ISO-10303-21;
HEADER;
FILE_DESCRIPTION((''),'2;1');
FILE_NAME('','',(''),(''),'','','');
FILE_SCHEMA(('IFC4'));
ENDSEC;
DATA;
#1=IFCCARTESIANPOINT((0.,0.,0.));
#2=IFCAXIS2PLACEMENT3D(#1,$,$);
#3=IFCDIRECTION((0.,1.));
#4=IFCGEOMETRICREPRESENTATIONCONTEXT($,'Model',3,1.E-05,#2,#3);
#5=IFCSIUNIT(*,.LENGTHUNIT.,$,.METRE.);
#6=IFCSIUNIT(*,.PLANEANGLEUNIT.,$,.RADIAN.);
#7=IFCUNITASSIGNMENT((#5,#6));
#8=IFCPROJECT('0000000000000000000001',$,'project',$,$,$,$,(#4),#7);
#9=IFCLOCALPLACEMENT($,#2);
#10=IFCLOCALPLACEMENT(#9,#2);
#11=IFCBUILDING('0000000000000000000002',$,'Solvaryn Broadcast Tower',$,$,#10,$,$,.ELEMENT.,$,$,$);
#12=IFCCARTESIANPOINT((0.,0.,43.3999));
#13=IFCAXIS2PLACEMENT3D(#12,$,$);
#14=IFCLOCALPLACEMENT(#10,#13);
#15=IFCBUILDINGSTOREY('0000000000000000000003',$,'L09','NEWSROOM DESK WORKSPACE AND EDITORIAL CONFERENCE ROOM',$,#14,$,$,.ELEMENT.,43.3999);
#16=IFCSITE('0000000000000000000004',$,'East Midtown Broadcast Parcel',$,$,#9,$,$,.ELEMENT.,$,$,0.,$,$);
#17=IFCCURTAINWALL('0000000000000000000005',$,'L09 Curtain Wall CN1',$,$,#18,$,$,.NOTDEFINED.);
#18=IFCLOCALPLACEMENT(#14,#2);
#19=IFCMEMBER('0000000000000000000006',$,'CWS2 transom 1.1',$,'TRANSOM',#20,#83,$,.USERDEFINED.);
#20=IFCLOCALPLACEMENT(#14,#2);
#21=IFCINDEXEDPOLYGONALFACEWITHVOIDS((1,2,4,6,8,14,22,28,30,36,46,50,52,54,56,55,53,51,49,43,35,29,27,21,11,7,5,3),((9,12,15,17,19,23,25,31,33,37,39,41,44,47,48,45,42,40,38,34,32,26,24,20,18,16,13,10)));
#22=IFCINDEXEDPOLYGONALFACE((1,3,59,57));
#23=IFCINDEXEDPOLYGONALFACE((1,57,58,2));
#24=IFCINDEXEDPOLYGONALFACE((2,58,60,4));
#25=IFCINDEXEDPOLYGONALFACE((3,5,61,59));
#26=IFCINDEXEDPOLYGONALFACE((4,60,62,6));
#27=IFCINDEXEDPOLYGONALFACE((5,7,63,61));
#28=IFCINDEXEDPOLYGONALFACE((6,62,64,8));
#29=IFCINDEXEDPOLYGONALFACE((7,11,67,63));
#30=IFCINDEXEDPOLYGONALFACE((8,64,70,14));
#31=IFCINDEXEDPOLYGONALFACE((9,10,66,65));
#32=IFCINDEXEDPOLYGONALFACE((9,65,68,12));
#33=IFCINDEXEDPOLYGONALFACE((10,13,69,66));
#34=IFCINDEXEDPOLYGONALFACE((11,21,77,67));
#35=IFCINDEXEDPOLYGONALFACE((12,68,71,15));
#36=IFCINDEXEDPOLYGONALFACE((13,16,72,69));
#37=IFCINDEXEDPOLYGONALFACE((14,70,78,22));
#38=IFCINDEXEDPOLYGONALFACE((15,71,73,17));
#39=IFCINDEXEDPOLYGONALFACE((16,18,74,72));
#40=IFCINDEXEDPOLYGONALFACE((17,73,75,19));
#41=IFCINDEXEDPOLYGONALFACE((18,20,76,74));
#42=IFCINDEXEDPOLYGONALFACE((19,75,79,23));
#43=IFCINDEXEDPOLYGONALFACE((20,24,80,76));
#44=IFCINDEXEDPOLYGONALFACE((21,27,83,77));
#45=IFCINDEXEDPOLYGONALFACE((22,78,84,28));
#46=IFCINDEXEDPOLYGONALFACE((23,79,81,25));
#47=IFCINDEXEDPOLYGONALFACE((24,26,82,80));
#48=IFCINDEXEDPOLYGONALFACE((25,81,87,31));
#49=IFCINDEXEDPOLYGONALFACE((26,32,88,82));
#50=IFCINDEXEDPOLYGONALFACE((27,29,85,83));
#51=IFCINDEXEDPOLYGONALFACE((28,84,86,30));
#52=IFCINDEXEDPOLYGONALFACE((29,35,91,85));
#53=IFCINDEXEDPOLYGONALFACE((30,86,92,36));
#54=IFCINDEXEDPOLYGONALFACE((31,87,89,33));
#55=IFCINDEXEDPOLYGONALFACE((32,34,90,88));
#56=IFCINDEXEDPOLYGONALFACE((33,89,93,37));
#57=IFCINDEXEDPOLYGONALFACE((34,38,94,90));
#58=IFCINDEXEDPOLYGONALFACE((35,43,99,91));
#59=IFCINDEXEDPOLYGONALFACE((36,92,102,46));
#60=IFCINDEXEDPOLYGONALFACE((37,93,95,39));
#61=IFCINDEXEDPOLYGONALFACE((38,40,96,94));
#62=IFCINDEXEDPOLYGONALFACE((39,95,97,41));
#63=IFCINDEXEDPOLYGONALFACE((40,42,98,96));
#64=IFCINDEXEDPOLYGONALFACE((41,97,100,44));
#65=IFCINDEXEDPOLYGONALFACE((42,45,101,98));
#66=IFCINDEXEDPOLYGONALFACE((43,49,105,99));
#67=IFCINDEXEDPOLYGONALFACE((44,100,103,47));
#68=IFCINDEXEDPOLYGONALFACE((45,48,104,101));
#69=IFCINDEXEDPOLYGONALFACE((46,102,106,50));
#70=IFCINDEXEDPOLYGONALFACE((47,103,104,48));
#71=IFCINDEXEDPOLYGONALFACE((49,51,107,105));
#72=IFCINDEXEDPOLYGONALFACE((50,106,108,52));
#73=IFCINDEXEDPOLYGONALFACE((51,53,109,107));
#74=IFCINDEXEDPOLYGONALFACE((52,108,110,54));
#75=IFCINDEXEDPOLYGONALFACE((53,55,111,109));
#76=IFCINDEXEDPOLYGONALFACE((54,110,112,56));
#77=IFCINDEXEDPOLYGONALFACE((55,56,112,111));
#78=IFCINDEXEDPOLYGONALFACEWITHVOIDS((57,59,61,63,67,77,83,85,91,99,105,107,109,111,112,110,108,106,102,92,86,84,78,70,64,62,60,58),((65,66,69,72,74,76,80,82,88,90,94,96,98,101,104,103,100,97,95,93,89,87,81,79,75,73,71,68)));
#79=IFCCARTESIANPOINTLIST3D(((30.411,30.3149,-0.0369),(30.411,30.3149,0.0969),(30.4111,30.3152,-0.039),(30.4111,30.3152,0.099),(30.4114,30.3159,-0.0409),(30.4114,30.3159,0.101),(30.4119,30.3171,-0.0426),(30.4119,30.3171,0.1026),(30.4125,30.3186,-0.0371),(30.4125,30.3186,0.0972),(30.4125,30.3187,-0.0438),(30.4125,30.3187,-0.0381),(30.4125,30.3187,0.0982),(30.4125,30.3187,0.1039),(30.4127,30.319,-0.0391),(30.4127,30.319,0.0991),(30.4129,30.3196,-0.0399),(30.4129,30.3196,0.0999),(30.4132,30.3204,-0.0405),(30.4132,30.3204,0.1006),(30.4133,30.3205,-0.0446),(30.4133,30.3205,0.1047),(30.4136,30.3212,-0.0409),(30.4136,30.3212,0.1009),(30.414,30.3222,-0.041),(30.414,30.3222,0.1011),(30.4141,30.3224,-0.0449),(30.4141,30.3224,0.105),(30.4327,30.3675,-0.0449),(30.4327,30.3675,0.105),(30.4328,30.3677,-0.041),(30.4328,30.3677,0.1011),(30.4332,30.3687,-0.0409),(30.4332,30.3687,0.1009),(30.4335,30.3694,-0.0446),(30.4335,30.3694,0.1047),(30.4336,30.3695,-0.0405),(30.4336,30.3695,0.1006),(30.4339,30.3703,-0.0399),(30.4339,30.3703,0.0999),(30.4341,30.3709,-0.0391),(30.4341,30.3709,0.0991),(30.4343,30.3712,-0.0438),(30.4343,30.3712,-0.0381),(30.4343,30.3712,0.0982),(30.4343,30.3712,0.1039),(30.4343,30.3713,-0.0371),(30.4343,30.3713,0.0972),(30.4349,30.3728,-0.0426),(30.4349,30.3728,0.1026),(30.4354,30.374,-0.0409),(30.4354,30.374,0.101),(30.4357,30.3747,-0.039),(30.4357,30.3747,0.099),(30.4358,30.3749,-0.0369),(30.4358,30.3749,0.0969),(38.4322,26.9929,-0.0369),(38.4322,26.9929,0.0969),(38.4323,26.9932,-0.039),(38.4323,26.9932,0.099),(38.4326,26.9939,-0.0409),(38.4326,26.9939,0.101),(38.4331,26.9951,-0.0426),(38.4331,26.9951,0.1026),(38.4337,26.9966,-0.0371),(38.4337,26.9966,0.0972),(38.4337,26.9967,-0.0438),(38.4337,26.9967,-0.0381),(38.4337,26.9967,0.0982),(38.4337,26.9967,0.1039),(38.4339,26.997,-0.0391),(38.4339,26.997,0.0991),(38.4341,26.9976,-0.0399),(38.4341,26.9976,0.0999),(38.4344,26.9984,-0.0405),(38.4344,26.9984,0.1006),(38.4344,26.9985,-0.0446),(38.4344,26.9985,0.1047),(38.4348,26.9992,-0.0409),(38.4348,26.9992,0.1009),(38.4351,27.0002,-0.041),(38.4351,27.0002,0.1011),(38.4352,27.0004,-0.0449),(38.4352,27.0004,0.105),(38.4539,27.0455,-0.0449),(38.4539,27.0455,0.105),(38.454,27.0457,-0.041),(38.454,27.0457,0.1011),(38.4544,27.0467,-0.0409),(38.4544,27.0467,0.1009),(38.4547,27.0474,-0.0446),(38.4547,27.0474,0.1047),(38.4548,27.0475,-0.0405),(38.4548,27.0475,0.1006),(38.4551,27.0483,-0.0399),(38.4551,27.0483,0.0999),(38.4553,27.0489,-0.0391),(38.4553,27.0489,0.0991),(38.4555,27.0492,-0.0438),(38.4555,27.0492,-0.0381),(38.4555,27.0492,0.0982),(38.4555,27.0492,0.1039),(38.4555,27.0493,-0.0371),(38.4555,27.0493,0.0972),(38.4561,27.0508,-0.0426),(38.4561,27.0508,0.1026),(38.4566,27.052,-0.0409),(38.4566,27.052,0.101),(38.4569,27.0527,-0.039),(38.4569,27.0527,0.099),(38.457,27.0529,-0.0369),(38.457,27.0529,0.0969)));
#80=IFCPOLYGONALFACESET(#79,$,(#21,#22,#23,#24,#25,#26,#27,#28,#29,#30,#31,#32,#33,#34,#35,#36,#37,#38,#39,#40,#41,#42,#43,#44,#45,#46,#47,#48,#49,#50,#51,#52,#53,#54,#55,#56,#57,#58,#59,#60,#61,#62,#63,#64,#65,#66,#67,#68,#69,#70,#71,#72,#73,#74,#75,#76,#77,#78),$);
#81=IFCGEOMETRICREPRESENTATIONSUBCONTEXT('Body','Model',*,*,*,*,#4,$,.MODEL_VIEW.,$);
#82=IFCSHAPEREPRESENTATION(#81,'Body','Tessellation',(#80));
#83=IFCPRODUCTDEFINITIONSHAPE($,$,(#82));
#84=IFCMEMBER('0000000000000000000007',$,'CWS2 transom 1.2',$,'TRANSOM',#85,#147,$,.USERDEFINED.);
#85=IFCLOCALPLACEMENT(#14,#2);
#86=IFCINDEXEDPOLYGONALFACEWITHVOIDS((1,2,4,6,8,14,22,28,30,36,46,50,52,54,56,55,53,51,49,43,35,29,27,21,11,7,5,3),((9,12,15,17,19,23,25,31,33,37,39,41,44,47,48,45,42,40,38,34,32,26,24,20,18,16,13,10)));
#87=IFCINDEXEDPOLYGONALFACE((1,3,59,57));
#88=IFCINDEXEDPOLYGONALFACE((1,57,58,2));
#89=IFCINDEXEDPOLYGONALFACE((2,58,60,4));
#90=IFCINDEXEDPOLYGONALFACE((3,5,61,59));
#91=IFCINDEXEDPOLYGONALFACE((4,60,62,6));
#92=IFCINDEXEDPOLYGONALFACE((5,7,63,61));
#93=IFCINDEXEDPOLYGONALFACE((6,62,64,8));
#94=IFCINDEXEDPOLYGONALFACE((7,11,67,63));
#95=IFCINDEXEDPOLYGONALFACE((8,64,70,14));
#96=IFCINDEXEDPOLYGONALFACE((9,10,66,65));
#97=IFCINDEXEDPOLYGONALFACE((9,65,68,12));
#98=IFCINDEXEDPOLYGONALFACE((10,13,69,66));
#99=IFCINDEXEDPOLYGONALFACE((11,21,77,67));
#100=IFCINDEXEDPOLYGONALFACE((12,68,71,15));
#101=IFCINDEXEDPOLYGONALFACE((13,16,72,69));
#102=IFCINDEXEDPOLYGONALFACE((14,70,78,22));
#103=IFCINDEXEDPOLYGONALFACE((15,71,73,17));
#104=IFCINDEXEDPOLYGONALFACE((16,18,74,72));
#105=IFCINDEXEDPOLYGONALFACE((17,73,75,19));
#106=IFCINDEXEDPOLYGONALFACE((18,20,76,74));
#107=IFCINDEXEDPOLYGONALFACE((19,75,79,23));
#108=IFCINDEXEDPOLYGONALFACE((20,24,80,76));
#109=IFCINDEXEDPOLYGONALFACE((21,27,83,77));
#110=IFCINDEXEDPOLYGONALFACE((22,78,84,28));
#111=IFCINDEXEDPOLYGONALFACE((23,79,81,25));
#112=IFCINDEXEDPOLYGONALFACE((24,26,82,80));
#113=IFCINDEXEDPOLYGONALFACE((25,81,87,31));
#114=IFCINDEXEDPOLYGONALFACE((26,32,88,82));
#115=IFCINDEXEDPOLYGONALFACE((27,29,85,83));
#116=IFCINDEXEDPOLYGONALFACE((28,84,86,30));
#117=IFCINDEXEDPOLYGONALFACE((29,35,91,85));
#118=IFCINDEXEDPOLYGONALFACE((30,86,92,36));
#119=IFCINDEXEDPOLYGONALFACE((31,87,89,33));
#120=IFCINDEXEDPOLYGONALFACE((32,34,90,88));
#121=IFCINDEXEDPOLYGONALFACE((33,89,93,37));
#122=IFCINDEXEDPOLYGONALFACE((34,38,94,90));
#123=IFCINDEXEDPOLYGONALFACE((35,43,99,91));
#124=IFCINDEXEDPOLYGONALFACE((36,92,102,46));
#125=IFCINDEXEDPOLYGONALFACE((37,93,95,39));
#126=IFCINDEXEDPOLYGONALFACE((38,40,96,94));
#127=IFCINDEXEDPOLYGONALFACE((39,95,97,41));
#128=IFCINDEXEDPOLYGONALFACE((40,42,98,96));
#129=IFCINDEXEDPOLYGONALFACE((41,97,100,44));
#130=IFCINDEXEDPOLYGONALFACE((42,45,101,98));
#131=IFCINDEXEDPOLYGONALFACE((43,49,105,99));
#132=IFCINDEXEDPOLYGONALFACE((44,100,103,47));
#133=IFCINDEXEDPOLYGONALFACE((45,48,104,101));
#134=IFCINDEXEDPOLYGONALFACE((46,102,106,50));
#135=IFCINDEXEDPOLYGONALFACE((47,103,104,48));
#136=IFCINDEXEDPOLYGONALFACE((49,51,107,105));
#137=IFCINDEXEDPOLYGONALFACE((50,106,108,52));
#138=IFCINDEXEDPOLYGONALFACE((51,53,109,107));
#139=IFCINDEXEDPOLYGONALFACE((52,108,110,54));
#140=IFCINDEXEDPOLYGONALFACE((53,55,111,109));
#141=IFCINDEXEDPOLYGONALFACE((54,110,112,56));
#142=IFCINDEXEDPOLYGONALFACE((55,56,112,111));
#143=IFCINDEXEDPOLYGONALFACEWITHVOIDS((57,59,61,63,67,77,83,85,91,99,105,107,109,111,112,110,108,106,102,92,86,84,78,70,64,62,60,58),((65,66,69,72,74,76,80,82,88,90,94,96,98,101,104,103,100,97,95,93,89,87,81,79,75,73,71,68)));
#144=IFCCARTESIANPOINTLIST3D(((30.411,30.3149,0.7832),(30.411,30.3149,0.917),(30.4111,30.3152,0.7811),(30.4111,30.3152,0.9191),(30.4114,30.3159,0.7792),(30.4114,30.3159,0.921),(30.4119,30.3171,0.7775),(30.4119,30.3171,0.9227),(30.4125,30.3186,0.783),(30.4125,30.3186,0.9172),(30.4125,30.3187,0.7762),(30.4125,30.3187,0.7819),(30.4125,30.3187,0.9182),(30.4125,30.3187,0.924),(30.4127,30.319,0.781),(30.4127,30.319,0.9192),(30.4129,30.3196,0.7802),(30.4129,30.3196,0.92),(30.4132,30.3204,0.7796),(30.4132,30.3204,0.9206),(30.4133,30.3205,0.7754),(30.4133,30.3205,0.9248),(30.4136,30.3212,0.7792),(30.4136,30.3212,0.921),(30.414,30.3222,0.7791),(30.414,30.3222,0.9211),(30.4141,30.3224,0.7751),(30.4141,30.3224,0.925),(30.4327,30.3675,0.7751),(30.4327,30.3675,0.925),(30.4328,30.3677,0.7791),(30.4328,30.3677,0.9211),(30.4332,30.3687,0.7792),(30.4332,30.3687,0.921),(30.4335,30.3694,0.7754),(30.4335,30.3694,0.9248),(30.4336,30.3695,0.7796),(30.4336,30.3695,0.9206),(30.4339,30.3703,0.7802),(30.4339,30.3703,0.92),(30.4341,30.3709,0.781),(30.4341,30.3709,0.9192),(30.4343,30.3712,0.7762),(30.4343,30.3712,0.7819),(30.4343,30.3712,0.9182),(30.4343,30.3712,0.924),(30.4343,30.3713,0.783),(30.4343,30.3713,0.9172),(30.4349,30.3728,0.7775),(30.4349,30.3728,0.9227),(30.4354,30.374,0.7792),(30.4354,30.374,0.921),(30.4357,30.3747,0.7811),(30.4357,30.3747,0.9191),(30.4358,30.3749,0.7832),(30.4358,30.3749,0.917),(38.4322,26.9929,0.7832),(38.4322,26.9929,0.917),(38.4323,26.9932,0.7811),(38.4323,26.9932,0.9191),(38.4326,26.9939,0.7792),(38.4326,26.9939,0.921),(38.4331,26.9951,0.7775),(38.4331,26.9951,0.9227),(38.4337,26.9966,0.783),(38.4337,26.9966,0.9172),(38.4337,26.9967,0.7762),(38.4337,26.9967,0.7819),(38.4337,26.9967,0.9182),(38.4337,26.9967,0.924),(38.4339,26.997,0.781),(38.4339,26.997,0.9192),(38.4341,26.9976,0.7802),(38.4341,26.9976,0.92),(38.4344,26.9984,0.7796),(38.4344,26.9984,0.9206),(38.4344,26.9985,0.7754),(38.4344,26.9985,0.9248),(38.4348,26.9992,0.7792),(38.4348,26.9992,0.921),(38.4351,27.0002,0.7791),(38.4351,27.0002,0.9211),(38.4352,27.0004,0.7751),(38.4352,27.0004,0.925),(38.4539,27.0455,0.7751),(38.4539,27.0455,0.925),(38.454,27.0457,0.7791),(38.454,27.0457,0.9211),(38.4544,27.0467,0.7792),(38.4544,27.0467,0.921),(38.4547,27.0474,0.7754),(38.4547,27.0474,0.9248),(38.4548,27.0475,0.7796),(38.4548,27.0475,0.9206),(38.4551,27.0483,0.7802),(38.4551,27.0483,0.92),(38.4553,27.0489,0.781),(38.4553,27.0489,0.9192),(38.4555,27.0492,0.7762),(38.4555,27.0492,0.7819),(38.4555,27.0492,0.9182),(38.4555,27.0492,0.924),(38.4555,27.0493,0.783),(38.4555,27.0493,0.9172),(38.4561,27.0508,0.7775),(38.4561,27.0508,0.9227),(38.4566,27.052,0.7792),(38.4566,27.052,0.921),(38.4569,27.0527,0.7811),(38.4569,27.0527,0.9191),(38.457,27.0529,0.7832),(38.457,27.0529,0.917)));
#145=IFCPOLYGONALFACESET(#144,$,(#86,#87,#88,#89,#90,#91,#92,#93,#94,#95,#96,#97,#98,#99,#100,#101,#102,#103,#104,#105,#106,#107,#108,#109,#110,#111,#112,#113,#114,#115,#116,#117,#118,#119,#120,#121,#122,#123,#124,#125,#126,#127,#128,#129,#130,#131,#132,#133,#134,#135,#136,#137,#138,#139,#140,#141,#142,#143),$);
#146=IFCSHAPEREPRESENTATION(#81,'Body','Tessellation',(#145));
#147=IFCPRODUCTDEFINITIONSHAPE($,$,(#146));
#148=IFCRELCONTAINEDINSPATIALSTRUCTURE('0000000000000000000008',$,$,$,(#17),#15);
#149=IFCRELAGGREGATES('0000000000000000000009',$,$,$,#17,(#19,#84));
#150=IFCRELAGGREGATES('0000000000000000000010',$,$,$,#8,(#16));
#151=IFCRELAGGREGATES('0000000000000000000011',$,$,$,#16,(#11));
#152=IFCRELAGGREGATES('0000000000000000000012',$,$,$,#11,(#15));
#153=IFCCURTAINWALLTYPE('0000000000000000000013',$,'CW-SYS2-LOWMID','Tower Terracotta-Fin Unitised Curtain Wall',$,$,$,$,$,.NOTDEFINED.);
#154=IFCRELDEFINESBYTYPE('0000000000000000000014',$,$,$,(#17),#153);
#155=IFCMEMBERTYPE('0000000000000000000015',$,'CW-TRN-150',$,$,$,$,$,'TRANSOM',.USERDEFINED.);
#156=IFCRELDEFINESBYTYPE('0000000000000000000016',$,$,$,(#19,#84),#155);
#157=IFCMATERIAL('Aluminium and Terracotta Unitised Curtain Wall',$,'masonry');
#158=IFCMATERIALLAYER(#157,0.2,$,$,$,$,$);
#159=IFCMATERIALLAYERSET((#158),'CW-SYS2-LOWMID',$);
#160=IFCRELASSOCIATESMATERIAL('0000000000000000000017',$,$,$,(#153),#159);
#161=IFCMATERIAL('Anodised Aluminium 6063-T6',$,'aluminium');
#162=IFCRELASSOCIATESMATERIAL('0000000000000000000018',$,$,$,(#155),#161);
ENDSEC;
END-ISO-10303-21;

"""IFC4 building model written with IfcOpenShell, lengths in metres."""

from ifc_helpers import new_model, si_unit, direction, frame, origin, origin_2d, place, context, subcontext, project, spatial, hollow_rectangle, extrude, material, layer, layer_set, material_profile, profile_set, type_object, element, aggregate, save


model = new_model("IFC4")

# Units and contexts
model_context = context("Model", 3, precision=1e-05, world=origin(), true_north=direction((0.0, 1.0)))
body_context = subcontext(model_context, "Body", "Model", "MODEL_VIEW")
ifc_project = project(units=[si_unit("LENGTHUNIT", "METRE"), si_unit("PLANEANGLEUNIT", "RADIAN")], contexts=[model_context])

# Site, building, storey
site_placement = place(None, origin())
site = spatial("IfcSite", under=ifc_project, at=site_placement, Name="East Midtown Broadcast Parcel", CompositionType="ELEMENT", RefElevation=0.0)
building_placement = place(site_placement, origin())
building = spatial("IfcBuilding", under=site, at=building_placement, Name="Solvaryn Broadcast Tower", CompositionType="ELEMENT")
storey_placement = place(building_placement, frame((0.0, 0.0, 43.3999)))
storey = spatial("IfcBuildingStorey", under=building, at=storey_placement, Name="L09", Description="NEWSROOM DESK WORKSPACE AND EDITORIAL CONFERENCE ROOM", CompositionType="ELEMENT", Elevation=43.3999)

# Curtain wall
ifc_material_1 = material(Name="Aluminium and Terracotta Unitised Curtain Wall", Category="masonry")
ifc_layer_1 = layer(ifc_material_1, 0.2)
ifc_layer_set_1 = layer_set([ifc_layer_1], Name="CW-SYS2-LOWMID")
curtain_wall_type = type_object("IfcCurtainWallType", Name="CW-SYS2-LOWMID", Description="Tower Terracotta-Fin Unitised Curtain Wall", PredefinedType="NOTDEFINED", material=ifc_layer_set_1)
curtain_wall_1_placement = place(storey_placement, origin())
curtain_wall_1 = element("IfcCurtainWall", 1, at=curtain_wall_1_placement, inside=storey, type_object=curtain_wall_type, Name="L09 Curtain Wall CN1", PredefinedType="NOTDEFINED")

# Members
ifc_material_2 = material(Name="Anodised Aluminium 6063-T6", Category="aluminium")
ifc_material_profile_1 = material_profile(ifc_material_2, hollow_rectangle(XDim=0.0649, YDim=0.1499, WallThickness=0.0039, InnerFilletRadius=0.0039, OuterFilletRadius=0.0081, at=origin_2d()))
ifc_profile_set_1 = profile_set([ifc_material_profile_1], Name="Anodised Aluminium 6063-T6")
member_type_1 = type_object("IfcMemberType", Name="CW-TRN-150", ElementType="TRANSOM", PredefinedType="USERDEFINED", material=ifc_profile_set_1)
member_1_placement = place(storey_placement, frame((38.4446, 27.0229, 0.03), z_axis=(-0.923899, 0.382636, 0.0), x_axis=(-0.382636, -0.923899, 0.0)))
member_1 = element("IfcMember", 2, at=member_1_placement, type_object=member_type_1, Name="CWS2 transom 1.1", ObjectType="TRANSOM", PredefinedType="USERDEFINED", context=body_context, shape_type="SweptSolid", body=[
    extrude(hollow_rectangle(XDim=0.0649, YDim=0.1499, WallThickness=0.0039, InnerFilletRadius=0.0039, OuterFilletRadius=0.0081, at=origin_2d()), origin(), (0.0, 0.0, 1.0), 8.6819),
])
member_2_placement = place(storey_placement, frame((38.4446, 27.0229, 0.8501), z_axis=(-0.923899, 0.382636, 0.0), x_axis=(-0.382636, -0.923899, 0.0)))
member_2 = element("IfcMember", 3, at=member_2_placement, type_object=member_type_1, Name="CWS2 transom 1.2", ObjectType="TRANSOM", PredefinedType="USERDEFINED", context=body_context, shape_type="SweptSolid", body=[
    extrude(hollow_rectangle(XDim=0.0649, YDim=0.1499, WallThickness=0.0039, InnerFilletRadius=0.0039, OuterFilletRadius=0.0081, at=origin_2d()), origin(), (0.0, 0.0, 1.0), 8.6819),
])
aggregate(curtain_wall_1, [member_1, member_2])

save(model, "model.ifc")
